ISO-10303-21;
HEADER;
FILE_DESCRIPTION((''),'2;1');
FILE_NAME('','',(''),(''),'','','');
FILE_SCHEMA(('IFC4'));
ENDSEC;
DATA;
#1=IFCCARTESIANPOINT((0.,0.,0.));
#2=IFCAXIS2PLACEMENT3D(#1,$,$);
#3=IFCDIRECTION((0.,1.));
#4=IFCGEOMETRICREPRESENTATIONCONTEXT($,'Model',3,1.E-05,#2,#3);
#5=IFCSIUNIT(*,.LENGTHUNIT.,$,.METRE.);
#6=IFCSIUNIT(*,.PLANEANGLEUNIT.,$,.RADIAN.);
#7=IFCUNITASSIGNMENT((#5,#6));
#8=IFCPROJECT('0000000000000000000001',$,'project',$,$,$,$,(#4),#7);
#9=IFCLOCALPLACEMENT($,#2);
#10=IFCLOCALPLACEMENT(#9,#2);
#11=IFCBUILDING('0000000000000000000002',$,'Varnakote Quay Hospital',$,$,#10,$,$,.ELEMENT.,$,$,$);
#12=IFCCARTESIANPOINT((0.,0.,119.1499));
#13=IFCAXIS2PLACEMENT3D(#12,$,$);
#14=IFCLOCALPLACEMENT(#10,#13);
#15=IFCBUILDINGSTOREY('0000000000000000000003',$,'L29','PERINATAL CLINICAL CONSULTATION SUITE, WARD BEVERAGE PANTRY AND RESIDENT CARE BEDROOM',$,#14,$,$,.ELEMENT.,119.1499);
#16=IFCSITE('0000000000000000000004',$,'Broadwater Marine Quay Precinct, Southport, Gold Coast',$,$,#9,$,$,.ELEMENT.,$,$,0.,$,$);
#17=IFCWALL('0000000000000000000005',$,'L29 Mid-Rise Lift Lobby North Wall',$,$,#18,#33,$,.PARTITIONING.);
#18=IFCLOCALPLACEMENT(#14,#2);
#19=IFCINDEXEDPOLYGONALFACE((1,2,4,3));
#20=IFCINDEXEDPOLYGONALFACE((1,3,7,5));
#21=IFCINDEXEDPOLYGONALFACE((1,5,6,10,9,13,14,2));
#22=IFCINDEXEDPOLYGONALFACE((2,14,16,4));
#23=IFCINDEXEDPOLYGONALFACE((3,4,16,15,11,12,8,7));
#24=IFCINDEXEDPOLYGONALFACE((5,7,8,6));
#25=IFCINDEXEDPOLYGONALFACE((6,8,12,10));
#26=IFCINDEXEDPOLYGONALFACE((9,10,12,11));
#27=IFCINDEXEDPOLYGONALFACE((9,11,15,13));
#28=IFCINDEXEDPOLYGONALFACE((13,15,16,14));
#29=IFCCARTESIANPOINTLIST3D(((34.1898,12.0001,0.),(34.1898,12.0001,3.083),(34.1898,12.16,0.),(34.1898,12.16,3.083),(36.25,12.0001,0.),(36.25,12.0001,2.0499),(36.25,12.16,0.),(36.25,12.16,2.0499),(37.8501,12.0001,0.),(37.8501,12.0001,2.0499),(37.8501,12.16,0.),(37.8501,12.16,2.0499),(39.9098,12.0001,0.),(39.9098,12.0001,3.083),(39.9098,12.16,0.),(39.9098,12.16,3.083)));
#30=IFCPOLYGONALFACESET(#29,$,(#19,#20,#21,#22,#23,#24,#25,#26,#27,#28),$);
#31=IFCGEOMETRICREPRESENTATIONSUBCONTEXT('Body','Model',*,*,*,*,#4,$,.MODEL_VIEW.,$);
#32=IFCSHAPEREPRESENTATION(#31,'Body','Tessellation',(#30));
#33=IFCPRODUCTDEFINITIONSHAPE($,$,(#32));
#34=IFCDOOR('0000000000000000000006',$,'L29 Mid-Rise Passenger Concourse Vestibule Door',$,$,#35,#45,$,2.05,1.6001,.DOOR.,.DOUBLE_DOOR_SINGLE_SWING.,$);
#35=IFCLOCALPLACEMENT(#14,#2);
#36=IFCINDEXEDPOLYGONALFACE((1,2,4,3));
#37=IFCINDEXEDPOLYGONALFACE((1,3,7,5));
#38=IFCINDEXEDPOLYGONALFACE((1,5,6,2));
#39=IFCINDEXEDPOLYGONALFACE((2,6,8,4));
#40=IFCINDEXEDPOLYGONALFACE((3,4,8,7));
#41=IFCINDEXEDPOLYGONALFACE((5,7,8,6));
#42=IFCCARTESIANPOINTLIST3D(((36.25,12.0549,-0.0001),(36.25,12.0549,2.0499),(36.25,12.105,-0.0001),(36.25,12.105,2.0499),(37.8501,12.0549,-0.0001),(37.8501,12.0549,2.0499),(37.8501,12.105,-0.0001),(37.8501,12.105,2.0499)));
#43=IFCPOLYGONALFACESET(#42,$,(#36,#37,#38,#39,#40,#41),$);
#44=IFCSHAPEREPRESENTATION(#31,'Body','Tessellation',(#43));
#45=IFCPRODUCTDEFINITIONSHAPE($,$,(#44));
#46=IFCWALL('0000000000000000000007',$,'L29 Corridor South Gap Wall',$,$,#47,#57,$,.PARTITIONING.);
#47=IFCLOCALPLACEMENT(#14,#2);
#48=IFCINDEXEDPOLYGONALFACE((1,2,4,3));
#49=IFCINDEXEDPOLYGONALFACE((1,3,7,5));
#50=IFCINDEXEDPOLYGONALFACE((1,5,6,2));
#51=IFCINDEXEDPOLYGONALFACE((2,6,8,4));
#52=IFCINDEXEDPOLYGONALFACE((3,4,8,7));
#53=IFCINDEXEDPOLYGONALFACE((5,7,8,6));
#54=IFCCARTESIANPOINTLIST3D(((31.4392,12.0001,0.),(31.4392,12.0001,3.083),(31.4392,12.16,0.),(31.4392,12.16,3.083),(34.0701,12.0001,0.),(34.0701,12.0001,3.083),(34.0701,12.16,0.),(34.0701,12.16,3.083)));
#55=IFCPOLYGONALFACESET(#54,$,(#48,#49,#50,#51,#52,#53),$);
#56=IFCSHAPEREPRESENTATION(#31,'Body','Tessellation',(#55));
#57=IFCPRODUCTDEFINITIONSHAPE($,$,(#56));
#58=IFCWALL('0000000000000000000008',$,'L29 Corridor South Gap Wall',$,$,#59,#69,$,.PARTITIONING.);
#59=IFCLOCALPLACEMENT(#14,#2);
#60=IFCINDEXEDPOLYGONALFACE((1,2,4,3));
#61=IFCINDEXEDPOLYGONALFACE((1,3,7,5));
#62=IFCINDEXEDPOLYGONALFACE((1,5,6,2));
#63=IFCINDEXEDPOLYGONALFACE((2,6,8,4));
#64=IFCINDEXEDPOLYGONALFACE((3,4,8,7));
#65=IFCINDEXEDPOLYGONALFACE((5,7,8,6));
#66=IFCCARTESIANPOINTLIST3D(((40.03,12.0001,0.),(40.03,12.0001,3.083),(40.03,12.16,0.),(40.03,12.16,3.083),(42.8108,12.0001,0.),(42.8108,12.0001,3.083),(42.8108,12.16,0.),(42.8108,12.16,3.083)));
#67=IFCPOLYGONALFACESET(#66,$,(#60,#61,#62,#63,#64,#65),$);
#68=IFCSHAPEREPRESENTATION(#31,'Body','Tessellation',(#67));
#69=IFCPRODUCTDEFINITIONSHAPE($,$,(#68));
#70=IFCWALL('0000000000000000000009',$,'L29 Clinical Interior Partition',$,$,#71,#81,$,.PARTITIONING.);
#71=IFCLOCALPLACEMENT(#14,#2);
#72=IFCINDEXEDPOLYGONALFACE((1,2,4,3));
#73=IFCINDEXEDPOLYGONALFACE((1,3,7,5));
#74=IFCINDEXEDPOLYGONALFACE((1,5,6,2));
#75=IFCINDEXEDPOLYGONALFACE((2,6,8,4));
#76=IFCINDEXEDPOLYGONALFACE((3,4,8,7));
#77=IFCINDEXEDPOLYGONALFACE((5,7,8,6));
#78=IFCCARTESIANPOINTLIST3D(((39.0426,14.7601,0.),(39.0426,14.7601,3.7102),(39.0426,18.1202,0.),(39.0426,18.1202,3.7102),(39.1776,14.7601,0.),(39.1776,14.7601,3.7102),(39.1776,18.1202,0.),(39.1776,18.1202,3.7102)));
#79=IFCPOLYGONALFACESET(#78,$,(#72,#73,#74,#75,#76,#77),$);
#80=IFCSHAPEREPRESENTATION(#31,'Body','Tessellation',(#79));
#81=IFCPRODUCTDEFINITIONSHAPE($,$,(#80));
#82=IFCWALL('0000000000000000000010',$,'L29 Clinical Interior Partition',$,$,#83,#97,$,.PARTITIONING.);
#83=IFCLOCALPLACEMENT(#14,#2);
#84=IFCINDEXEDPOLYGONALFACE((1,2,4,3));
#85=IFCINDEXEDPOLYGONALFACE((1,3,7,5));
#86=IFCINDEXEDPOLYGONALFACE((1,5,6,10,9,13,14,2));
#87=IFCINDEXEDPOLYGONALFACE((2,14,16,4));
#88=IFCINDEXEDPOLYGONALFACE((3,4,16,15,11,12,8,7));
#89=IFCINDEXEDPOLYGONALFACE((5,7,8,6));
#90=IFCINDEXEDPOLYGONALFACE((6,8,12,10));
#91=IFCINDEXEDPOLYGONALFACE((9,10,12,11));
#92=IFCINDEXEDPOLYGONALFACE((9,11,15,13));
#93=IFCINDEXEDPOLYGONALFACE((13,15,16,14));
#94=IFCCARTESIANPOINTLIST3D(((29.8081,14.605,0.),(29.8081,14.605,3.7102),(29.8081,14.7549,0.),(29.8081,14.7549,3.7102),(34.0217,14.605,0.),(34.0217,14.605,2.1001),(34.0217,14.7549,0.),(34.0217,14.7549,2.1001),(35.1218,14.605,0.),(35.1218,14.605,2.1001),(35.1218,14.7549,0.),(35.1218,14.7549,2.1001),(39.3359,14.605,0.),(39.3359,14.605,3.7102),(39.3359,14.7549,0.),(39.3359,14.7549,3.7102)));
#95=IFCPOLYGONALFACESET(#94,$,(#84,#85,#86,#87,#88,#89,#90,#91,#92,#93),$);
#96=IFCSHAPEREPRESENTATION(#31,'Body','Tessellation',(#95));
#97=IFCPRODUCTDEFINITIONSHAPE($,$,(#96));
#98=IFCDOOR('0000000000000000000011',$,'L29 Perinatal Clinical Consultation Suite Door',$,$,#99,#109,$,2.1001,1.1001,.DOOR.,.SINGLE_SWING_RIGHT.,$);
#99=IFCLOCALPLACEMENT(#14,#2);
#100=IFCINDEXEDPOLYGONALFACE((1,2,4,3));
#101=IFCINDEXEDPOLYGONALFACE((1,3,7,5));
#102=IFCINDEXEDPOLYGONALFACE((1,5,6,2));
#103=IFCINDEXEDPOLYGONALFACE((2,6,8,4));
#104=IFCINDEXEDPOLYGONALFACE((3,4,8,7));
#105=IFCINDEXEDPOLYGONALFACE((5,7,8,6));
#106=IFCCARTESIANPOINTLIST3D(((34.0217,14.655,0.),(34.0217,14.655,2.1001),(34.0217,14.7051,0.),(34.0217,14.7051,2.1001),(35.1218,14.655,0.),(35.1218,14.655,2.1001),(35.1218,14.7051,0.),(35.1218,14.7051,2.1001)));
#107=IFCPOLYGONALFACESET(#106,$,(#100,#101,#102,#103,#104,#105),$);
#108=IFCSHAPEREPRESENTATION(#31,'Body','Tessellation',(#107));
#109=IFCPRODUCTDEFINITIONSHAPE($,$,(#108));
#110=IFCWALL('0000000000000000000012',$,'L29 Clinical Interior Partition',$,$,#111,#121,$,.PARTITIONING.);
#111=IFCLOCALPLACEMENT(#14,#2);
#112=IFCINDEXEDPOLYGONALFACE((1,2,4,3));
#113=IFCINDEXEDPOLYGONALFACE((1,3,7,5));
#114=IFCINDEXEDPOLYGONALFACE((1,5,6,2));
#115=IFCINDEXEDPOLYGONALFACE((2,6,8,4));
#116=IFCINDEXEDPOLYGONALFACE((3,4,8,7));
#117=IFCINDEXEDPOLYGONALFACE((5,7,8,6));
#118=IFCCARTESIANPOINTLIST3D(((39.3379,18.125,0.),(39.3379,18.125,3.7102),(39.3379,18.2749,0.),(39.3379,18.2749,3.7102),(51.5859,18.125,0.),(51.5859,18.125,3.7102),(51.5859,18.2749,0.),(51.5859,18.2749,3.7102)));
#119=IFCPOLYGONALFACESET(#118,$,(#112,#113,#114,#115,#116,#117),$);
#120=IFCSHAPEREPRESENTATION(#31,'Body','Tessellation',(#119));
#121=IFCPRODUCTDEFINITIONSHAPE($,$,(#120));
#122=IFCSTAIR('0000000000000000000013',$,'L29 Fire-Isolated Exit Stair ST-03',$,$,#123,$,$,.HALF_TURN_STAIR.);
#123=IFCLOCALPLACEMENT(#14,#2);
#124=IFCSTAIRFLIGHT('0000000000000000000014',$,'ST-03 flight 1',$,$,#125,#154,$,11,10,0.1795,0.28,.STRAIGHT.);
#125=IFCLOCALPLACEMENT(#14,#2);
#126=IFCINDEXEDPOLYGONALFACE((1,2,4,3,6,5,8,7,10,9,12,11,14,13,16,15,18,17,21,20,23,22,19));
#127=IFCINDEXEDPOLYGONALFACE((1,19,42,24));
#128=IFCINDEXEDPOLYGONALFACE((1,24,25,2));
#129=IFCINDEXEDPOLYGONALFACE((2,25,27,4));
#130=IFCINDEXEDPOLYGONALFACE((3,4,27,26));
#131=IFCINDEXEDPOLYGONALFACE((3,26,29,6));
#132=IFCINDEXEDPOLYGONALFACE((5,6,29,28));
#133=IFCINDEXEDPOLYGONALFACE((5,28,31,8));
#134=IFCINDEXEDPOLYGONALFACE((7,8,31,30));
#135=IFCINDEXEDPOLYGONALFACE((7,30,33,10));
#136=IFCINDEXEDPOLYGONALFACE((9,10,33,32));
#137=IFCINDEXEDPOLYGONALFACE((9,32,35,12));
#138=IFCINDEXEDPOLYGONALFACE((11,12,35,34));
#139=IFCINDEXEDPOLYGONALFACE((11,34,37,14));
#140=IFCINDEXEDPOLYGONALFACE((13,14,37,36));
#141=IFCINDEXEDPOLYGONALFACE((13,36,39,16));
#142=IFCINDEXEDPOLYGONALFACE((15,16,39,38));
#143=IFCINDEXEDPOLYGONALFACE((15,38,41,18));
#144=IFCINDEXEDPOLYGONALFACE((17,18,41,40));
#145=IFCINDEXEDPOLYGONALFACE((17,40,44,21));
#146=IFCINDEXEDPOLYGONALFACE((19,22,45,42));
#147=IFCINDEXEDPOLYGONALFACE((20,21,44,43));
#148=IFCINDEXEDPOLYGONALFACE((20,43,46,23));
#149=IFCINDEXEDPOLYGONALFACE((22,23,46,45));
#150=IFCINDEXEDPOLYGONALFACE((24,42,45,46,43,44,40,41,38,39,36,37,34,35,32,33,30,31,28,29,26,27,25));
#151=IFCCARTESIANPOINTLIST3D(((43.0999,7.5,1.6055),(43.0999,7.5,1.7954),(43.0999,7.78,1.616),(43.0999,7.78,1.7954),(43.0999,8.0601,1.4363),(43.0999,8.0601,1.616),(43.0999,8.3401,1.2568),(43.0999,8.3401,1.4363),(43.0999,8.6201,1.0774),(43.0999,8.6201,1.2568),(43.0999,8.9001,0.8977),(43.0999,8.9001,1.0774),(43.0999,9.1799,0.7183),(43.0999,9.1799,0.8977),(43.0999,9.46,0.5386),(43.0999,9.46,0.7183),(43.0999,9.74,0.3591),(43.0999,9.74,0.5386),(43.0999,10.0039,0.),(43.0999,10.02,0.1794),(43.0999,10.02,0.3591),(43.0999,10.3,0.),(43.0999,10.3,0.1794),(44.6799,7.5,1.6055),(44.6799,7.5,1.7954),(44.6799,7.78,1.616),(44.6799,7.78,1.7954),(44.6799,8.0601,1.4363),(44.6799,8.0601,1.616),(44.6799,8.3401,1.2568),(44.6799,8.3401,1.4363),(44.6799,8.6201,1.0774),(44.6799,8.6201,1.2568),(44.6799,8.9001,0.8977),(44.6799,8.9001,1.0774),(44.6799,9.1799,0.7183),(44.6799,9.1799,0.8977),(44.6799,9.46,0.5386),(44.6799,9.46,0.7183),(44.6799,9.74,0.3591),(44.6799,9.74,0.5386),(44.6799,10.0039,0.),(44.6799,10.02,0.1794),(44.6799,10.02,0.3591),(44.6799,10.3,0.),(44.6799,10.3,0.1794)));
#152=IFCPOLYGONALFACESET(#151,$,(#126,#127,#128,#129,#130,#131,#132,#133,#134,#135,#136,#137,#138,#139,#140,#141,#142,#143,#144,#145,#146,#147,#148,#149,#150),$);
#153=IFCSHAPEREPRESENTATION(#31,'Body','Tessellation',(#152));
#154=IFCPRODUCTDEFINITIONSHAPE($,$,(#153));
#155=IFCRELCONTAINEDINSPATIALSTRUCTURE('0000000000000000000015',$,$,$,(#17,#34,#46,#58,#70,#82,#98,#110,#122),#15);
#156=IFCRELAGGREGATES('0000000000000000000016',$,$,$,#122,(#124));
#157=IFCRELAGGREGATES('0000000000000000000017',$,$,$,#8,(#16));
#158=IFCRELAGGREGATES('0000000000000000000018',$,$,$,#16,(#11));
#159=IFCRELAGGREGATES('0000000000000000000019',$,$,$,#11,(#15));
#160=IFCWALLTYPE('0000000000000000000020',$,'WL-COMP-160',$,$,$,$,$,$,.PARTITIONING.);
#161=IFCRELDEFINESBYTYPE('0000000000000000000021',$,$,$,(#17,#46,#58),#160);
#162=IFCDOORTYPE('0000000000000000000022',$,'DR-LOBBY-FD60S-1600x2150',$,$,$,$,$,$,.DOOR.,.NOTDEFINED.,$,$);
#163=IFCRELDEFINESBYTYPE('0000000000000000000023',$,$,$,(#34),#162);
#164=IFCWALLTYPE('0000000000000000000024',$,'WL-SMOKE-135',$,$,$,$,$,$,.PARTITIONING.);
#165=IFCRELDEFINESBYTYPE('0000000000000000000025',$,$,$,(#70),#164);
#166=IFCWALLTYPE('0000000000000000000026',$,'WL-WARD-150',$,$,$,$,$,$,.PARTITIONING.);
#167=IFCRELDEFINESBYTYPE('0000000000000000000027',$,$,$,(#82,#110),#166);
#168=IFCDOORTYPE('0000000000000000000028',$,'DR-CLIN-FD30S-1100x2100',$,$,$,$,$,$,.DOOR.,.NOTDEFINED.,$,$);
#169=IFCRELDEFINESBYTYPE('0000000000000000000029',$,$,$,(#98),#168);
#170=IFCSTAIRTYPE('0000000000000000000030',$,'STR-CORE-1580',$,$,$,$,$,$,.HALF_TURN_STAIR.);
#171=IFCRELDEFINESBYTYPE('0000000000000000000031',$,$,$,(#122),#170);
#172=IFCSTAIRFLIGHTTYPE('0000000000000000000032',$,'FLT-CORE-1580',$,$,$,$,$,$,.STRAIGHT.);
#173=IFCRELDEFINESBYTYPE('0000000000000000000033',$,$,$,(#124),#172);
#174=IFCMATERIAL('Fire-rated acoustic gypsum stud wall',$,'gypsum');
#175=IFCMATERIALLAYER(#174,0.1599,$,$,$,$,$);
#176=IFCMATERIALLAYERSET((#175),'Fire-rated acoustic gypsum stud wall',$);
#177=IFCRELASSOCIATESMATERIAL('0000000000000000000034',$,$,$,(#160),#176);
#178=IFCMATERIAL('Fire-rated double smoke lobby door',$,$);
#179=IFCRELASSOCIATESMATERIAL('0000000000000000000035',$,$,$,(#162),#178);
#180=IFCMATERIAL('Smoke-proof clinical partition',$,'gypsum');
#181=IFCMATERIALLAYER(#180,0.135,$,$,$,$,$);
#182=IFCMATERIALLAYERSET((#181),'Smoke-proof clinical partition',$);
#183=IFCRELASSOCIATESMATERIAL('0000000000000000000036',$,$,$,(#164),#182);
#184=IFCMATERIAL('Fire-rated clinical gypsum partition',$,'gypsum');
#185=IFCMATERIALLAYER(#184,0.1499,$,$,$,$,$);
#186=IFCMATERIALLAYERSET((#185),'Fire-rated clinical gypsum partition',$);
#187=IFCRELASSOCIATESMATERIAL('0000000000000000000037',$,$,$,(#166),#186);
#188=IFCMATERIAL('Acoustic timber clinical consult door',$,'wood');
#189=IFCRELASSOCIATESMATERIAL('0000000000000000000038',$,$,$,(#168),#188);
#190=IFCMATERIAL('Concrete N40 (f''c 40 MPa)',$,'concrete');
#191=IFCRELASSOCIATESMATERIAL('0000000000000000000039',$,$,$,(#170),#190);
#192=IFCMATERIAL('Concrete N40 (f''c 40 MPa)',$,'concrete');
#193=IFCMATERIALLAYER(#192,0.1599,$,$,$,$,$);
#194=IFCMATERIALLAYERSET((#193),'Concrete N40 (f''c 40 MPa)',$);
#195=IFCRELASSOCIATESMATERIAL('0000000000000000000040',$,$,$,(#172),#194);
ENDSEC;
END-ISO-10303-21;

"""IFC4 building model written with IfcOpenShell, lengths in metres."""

from ifc_helpers import new_model, si_unit, direction, frame, frame_2d, origin, place, context, subcontext, project, spatial, polyline, rectangle, outline, extrude, material, layer, layer_set, type_object, element, fill, aggregate, save


model = new_model("IFC4")

# Units and contexts
model_context = context("Model", 3, precision=1e-05, world=origin(), true_north=direction((0.0, 1.0)))
body_context = subcontext(model_context, "Body", "Model", "MODEL_VIEW")
ifc_project = project(units=[si_unit("LENGTHUNIT", "METRE"), si_unit("PLANEANGLEUNIT", "RADIAN")], contexts=[model_context])

# Site, building, storey
site_placement = place(None, origin())
site = spatial("IfcSite", under=ifc_project, at=site_placement, Name="Broadwater Marine Quay Precinct, Southport, Gold Coast", CompositionType="ELEMENT", RefElevation=0.0)
building_placement = place(site_placement, origin())
building = spatial("IfcBuilding", under=site, at=building_placement, Name="Varnakote Quay Hospital", CompositionType="ELEMENT")
storey_placement = place(building_placement, frame((0.0, 0.0, 119.1499)))
storey = spatial("IfcBuildingStorey", under=building, at=storey_placement, Name="L29", Description="PERINATAL CLINICAL CONSULTATION SUITE, WARD BEVERAGE PANTRY AND RESIDENT CARE BEDROOM", CompositionType="ELEMENT", Elevation=119.1499)

# Wall, opening, door
ifc_material_1 = material(Name="Fire-rated acoustic gypsum stud wall", Category="gypsum")
ifc_layer_1 = layer(ifc_material_1, 0.1599)
ifc_layer_set_1 = layer_set([ifc_layer_1], Name="Fire-rated acoustic gypsum stud wall")
wall_type_1 = type_object("IfcWallType", Name="WL-COMP-160", PredefinedType="PARTITIONING", material=ifc_layer_set_1)
wall_1_placement = place(storey_placement, frame((34.1899, 12.0801, 0.0), z_axis=(0.0, 0.0, 1.0), x_axis=(1.0, 0.0, 0.0)))
wall_1 = element("IfcWall", 1, at=wall_1_placement, inside=storey, type_object=wall_type_1, Name="L29 Mid-Rise Lift Lobby North Wall", PredefinedType="PARTITIONING", context=body_context, shape_type="SweptSolid", body=[
    extrude(rectangle(XDim=5.72, YDim=0.1599, at=frame_2d((2.8599, 0.0))), origin(), (0.0, 0.0, 1.0), 3.083),
])
opening_1_placement = place(wall_1_placement, frame((2.0601, 0.0, 0.0)))
opening_1 = element("IfcOpeningElement", 2, at=opening_1_placement, cuts=wall_1, PredefinedType="OPENING", context=body_context, shape_type="SweptSolid", body=[
    extrude(rectangle(XDim=1.6001, YDim=2.05, at=frame_2d((0.8, 1.0249))), frame((0.0, 0.0898, 0.0), z_axis=(0.0, -1.0, 0.0), x_axis=(1.0, 0.0, 0.0)), (0.0, 0.0, 1.0), 0.1799),
])
ifc_material_2 = material(Name="Fire-rated double smoke lobby door")
door_type_1 = type_object("IfcDoorType", Name="DR-LOBBY-FD60S-1600x2150", OperationType="NOTDEFINED", PredefinedType="DOOR", material=ifc_material_2)
door_1_placement = place(opening_1_placement, origin())
door_1 = element("IfcDoor", 3, at=door_1_placement, inside=storey, type_object=door_type_1, Name="L29 Mid-Rise Passenger Concourse Vestibule Door", OperationType="DOUBLE_DOOR_SINGLE_SWING", OverallHeight=2.05, OverallWidth=1.6001, PredefinedType="DOOR", context=body_context, shape_type="SweptSolid", body=[
    extrude(rectangle(XDim=1.6001, YDim=2.05, at=frame_2d((0.8, 1.0249))), frame((0.0, 0.0249, 0.0), z_axis=(0.0, -1.0, 0.0), x_axis=(1.0, 0.0, 0.0)), (0.0, 0.0, 1.0), 0.05),
])
fill(opening_1, door_1)

# Walls
wall_2_placement = place(storey_placement, frame((31.4392, 12.0801, 0.0), z_axis=(0.0, 0.0, 1.0), x_axis=(1.0, 0.0, 0.0)))
element("IfcWall", 4, at=wall_2_placement, inside=storey, type_object=wall_type_1, Name="L29 Corridor South Gap Wall", PredefinedType="PARTITIONING", context=body_context, shape_type="SweptSolid", body=[
    extrude(rectangle(XDim=2.6309, YDim=0.1599, at=frame_2d((1.3154, 0.0))), origin(), (0.0, 0.0, 1.0), 3.083),
])
wall_3_placement = place(storey_placement, frame((40.03, 12.0801, 0.0), z_axis=(0.0, 0.0, 1.0), x_axis=(1.0, 0.0, 0.0)))
element("IfcWall", 5, at=wall_3_placement, inside=storey, type_object=wall_type_1, Name="L29 Corridor South Gap Wall", PredefinedType="PARTITIONING", context=body_context, shape_type="SweptSolid", body=[
    extrude(rectangle(XDim=2.7808, YDim=0.1599, at=frame_2d((1.3904, 0.0))), origin(), (0.0, 0.0, 1.0), 3.083),
])

# Wall
ifc_material_3 = material(Name="Smoke-proof clinical partition", Category="gypsum")
ifc_layer_2 = layer(ifc_material_3, 0.135)
ifc_layer_set_2 = layer_set([ifc_layer_2], Name="Smoke-proof clinical partition")
wall_type_2 = type_object("IfcWallType", Name="WL-SMOKE-135", PredefinedType="PARTITIONING", material=ifc_layer_set_2)
wall_4_placement = place(storey_placement, frame((39.1101, 14.76, 0.0), z_axis=(0.0, 0.0, 1.0), x_axis=(0.0, 1.0, 0.0)))
element("IfcWall", 6, at=wall_4_placement, inside=storey, type_object=wall_type_2, Name="L29 Clinical Interior Partition", PredefinedType="PARTITIONING", context=body_context, shape_type="SweptSolid", body=[
    extrude(rectangle(XDim=3.3601, YDim=0.135, at=frame_2d((1.6802, 0.0))), origin(), (0.0, 0.0, 1.0), 3.7102),
])

# Wall, opening, door
ifc_material_4 = material(Name="Fire-rated clinical gypsum partition", Category="gypsum")
ifc_layer_3 = layer(ifc_material_4, 0.1499)
ifc_layer_set_3 = layer_set([ifc_layer_3], Name="Fire-rated clinical gypsum partition")
wall_type_3 = type_object("IfcWallType", Name="WL-WARD-150", PredefinedType="PARTITIONING", material=ifc_layer_set_3)
wall_5_placement = place(storey_placement, frame((39.3359, 14.6799, 0.0), z_axis=(0.0, 0.0, 1.0), x_axis=(-1.0, 0.0, 0.0)))
wall_5 = element("IfcWall", 7, at=wall_5_placement, inside=storey, type_object=wall_type_3, Name="L29 Clinical Interior Partition", PredefinedType="PARTITIONING", context=body_context, shape_type="SweptSolid", body=[
    extrude(rectangle(XDim=9.5278, YDim=0.1499, at=frame_2d((4.7639, 0.0))), origin(), (0.0, 0.0, 1.0), 3.7102),
])
opening_2_placement = place(wall_5_placement, frame((4.2141, 0.0, 0.0)))
opening_2 = element("IfcOpeningElement", 8, at=opening_2_placement, cuts=wall_5, PredefinedType="OPENING", context=body_context, shape_type="SweptSolid", body=[
    extrude(rectangle(XDim=1.1001, YDim=2.1001, at=frame_2d((0.55, 1.05))), frame((0.0, 0.085, 0.0), z_axis=(0.0, -1.0, 0.0), x_axis=(1.0, 0.0, 0.0)), (0.0, 0.0, 1.0), 0.1699),
])
ifc_material_5 = material(Name="Acoustic timber clinical consult door", Category="wood")
door_type_2 = type_object("IfcDoorType", Name="DR-CLIN-FD30S-1100x2100", OperationType="NOTDEFINED", PredefinedType="DOOR", material=ifc_material_5)
door_2_placement = place(opening_2_placement, origin())
door_2 = element("IfcDoor", 9, at=door_2_placement, inside=storey, type_object=door_type_2, Name="L29 Perinatal Clinical Consultation Suite Door", OperationType="SINGLE_SWING_RIGHT", OverallHeight=2.1001, OverallWidth=1.1001, PredefinedType="DOOR", context=body_context, shape_type="SweptSolid", body=[
    extrude(rectangle(XDim=1.1001, YDim=2.1001, at=frame_2d((0.55, 1.05))), frame((0.0, 0.0249, 0.0), z_axis=(0.0, -1.0, 0.0), x_axis=(1.0, 0.0, 0.0)), (0.0, 0.0, 1.0), 0.05),
])
fill(opening_2, door_2)

# Wall
wall_6_placement = place(storey_placement, frame((39.3379, 18.2, 0.0), z_axis=(0.0, 0.0, 1.0), x_axis=(1.0, 0.0, 0.0)))
element("IfcWall", 10, at=wall_6_placement, inside=storey, type_object=wall_type_3, Name="L29 Clinical Interior Partition", PredefinedType="PARTITIONING", context=body_context, shape_type="SweptSolid", body=[
    extrude(rectangle(XDim=12.248, YDim=0.1499, at=frame_2d((6.124, 0.0))), origin(), (0.0, 0.0, 1.0), 3.7102),
])

# Stair, stair flight
ifc_material_6 = material(Name="Concrete N40 (f'c 40 MPa)", Category="concrete")
stair_type = type_object("IfcStairType", Name="STR-CORE-1580", PredefinedType="HALF_TURN_STAIR", material=ifc_material_6)
stair_placement = place(storey_placement, origin())
stair = element("IfcStair", 11, at=stair_placement, inside=storey, type_object=stair_type, Name="L29 Fire-Isolated Exit Stair ST-03", PredefinedType="HALF_TURN_STAIR")
ifc_material_7 = material(Name="Concrete N40 (f'c 40 MPa)", Category="concrete")
ifc_layer_4 = layer(ifc_material_7, 0.1599)
ifc_layer_set_4 = layer_set([ifc_layer_4], Name="Concrete N40 (f'c 40 MPa)")
stair_flight_type = type_object("IfcStairFlightType", Name="FLT-CORE-1580", PredefinedType="STRAIGHT", material=ifc_layer_set_4)
stair_flight_placement = place(storey_placement, frame((43.8899, 10.3, 0.0), z_axis=(0.0, 0.0, 1.0), x_axis=(0.0, -1.0, 0.0)))
stair_flight = element("IfcStairFlight", 12, at=stair_flight_placement, type_object=stair_flight_type, Name="ST-03 flight 1", NumberOfRisers=11, NumberOfTreads=10, PredefinedType="STRAIGHT", RiserHeight=0.1795, TreadLength=0.28, context=body_context, shape_type="SweptSolid", body=[
    extrude(outline(polyline([(0.0, 0.0), (0.0, 0.1794), (0.28, 0.1794), (0.28, 0.3591), (0.5601, 0.3591), (0.5601, 0.5386), (0.8401, 0.5386), (0.8401, 0.7183), (1.1201, 0.7183), (1.1201, 0.8977), (1.3999, 0.8977), (1.3999, 1.0774), (1.6799, 1.0774), (1.6799, 1.2568), (1.96, 1.2568), (1.96, 1.4363), (2.24, 1.4363), (2.24, 1.616), (2.52, 1.616), (2.52, 1.7954), (2.8, 1.7954), (2.8, 1.9751), (2.8, 1.6055), (0.2961, 0.0), (0.0, 0.0)])), frame((0.0, 0.79, 0.0), z_axis=(0.0, -1.0, 0.0), x_axis=(1.0, 0.0, 0.0)), (0.0, 0.0, 1.0), 1.5801),
])
aggregate(stair, [stair_flight])

save(model, "model.ifc")
